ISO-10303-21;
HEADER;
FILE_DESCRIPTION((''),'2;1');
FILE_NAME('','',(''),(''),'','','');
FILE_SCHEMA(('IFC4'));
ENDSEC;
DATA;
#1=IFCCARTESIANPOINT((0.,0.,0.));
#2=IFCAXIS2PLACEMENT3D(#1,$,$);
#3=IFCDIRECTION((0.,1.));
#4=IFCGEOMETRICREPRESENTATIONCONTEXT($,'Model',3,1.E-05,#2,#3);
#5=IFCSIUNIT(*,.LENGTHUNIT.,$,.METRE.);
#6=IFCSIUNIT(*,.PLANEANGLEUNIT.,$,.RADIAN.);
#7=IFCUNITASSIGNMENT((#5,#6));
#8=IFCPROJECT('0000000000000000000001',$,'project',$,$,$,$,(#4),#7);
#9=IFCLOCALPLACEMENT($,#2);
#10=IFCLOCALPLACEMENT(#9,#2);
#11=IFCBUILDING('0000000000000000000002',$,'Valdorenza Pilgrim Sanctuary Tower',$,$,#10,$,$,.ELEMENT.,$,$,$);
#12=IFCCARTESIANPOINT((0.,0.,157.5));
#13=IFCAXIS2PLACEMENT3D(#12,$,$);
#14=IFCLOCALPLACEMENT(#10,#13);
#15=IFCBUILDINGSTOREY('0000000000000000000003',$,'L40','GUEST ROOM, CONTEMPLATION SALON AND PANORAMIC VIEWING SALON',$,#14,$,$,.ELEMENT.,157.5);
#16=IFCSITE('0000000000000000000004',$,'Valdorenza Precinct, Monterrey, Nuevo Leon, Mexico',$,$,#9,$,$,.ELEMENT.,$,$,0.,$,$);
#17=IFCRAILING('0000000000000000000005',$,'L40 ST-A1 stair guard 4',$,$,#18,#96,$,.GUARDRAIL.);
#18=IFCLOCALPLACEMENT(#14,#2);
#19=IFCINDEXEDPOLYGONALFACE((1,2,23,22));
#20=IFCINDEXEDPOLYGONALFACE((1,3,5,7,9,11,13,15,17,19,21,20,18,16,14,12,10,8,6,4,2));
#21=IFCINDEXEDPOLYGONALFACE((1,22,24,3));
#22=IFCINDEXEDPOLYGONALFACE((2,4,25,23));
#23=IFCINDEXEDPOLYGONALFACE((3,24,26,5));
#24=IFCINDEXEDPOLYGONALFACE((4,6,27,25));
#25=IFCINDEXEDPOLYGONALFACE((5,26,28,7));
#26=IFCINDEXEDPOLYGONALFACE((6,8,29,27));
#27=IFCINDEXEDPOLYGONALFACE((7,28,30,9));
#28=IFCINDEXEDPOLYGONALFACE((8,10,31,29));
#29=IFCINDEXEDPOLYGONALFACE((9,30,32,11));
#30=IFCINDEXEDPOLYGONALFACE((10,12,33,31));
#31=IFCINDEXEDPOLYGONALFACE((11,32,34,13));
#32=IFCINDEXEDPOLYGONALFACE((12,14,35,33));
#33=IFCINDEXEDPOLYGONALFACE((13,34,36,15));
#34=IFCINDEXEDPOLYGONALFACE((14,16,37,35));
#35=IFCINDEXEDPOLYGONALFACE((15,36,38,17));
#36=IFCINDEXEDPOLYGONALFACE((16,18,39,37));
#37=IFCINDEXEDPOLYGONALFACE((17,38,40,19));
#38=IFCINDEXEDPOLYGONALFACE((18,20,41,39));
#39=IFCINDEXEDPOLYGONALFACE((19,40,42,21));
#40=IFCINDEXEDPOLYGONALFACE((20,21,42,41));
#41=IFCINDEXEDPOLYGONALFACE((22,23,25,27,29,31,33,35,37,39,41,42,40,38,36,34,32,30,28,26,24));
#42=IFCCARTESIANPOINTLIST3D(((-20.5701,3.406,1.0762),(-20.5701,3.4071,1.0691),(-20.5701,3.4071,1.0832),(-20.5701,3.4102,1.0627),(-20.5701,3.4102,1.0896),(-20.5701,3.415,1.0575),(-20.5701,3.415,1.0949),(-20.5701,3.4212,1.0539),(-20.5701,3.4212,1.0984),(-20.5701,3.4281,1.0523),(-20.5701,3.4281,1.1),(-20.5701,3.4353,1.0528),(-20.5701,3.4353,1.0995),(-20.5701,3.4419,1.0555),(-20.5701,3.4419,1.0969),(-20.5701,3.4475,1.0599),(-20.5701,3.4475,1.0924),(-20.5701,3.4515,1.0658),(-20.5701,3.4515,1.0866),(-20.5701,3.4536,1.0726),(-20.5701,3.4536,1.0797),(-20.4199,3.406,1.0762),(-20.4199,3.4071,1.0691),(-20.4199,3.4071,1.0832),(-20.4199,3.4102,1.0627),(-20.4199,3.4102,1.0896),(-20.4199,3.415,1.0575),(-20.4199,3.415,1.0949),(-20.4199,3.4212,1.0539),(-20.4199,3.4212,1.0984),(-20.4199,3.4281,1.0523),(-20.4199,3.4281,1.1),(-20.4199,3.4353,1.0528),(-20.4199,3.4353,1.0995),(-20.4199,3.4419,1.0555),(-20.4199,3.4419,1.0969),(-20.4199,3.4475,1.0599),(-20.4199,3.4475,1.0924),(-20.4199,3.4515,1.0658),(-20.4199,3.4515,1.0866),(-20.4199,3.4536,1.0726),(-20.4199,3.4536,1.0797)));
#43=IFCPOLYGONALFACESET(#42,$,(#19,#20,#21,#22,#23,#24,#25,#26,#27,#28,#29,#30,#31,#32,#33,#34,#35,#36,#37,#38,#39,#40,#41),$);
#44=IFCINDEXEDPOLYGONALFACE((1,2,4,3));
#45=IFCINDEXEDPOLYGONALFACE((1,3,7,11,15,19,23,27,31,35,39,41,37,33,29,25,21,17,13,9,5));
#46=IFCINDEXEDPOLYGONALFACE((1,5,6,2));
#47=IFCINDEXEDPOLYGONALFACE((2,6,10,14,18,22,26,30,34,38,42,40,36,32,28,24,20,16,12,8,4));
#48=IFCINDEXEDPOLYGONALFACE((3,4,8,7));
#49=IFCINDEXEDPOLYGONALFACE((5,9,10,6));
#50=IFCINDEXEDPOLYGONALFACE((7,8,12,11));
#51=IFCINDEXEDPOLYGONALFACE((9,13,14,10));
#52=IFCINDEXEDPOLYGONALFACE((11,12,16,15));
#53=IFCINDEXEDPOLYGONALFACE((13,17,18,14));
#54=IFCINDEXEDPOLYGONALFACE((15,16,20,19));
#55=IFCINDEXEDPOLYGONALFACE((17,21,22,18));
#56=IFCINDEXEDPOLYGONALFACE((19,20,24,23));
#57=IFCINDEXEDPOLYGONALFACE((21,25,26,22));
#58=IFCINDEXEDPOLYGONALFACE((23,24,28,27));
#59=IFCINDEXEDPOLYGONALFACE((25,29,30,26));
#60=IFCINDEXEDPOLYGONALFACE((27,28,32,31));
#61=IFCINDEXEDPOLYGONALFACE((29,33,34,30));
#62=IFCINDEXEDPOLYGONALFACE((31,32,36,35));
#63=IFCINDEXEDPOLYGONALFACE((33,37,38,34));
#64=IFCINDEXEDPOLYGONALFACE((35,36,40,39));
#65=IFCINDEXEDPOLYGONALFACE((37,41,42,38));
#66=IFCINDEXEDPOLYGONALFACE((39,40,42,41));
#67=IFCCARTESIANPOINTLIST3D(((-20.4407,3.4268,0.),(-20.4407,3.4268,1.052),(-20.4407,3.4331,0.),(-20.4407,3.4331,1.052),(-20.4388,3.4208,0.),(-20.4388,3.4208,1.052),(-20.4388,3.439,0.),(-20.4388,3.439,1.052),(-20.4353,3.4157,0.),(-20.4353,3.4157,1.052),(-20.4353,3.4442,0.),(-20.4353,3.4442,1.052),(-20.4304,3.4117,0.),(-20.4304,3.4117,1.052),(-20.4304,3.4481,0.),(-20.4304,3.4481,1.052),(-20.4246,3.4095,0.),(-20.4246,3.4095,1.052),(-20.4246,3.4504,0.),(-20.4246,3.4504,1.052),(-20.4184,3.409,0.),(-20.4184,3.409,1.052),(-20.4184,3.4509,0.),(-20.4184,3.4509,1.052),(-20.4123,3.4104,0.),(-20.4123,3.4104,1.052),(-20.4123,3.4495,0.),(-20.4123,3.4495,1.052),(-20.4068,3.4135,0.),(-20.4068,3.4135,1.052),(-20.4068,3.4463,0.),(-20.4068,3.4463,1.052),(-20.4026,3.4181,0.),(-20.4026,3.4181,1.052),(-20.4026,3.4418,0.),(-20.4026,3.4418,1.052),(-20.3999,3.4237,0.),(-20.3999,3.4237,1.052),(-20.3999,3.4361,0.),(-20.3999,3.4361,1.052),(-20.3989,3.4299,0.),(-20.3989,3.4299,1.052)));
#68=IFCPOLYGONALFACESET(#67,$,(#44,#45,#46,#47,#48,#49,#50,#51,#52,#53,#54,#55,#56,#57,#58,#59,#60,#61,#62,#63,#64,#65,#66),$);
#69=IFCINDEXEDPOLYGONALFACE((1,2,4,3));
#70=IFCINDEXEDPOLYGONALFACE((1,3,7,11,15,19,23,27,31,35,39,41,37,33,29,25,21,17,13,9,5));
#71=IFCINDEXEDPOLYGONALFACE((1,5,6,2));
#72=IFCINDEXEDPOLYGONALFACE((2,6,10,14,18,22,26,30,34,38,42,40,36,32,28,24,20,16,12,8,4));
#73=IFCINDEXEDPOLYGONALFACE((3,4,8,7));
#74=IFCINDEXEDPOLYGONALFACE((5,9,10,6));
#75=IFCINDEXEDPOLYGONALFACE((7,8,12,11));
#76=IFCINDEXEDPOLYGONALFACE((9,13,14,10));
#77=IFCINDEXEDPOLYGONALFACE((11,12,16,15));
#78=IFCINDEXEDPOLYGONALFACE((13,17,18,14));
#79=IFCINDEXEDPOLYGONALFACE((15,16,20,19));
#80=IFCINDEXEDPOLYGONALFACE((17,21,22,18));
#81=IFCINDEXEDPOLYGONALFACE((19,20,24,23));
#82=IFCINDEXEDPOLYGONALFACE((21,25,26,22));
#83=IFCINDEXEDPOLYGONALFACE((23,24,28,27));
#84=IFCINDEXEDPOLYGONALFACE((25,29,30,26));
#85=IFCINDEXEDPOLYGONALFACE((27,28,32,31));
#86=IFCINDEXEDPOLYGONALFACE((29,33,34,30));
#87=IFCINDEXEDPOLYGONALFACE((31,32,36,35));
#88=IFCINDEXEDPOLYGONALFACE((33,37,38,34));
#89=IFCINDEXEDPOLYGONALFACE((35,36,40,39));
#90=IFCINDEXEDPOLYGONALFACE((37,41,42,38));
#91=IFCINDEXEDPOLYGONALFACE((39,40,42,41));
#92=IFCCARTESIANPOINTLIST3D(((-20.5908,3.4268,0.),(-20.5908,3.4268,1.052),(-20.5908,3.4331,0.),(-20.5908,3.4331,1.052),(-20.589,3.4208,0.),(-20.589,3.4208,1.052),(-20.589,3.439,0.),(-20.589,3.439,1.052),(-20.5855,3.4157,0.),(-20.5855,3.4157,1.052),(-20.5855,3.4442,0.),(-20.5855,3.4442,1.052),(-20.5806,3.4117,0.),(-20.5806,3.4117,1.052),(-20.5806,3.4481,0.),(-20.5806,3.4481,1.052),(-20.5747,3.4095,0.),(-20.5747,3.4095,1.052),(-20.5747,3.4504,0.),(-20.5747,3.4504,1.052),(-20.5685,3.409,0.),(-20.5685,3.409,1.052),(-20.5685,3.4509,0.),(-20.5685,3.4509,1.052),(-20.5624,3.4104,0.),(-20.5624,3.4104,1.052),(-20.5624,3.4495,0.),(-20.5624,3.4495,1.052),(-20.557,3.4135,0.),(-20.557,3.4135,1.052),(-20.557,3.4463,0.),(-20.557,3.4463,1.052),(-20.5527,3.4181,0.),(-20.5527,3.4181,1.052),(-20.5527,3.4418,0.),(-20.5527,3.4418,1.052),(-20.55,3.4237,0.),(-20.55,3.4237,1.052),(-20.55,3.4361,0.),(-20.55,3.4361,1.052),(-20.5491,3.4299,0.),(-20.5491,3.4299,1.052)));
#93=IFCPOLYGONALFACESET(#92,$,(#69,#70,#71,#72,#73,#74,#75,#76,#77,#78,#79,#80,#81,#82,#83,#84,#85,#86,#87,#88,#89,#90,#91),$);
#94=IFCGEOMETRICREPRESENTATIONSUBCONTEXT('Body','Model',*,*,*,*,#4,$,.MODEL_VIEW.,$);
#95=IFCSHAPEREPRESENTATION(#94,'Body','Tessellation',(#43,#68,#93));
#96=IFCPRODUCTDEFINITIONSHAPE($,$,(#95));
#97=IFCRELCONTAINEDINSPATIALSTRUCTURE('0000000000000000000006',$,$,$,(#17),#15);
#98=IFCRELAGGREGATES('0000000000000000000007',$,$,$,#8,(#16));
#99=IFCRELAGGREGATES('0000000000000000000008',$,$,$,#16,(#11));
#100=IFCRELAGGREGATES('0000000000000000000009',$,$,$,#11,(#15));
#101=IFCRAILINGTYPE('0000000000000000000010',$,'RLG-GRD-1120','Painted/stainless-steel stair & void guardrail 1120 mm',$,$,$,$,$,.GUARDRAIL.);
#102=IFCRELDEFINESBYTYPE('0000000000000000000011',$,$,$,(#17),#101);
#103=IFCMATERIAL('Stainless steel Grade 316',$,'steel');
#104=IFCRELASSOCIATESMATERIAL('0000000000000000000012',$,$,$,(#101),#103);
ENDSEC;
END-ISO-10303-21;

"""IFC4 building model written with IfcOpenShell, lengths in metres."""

from ifc_helpers import new_model, si_unit, direction, frame, origin, origin_2d, place, context, subcontext, project, spatial, circle, extrude, material, type_object, element, save


model = new_model("IFC4")

# Units and contexts
model_context = context("Model", 3, precision=1e-05, world=origin(), true_north=direction((0.0, 1.0)))
body_context = subcontext(model_context, "Body", "Model", "MODEL_VIEW")
ifc_project = project(units=[si_unit("LENGTHUNIT", "METRE"), si_unit("PLANEANGLEUNIT", "RADIAN")], contexts=[model_context])

# Site, building, storey
site_placement = place(None, origin())
site = spatial("IfcSite", under=ifc_project, at=site_placement, Name="Valdorenza Precinct, Monterrey, Nuevo Leon, Mexico", CompositionType="ELEMENT", RefElevation=0.0)
building_placement = place(site_placement, origin())
building = spatial("IfcBuilding", under=site, at=building_placement, Name="Valdorenza Pilgrim Sanctuary Tower", CompositionType="ELEMENT")
storey_placement = place(building_placement, frame((0.0, 0.0, 157.5)))
storey = spatial("IfcBuildingStorey", under=building, at=storey_placement, Name="L40", Description="GUEST ROOM, CONTEMPLATION SALON AND PANORAMIC VIEWING SALON", CompositionType="ELEMENT", Elevation=157.5)

# Railing
ifc_material_1 = material(Name="Stainless steel Grade 316", Category="steel")
railing_type_1 = type_object("IfcRailingType", Name="RLG-GRD-1120", Description="Painted/stainless-steel stair & void guardrail 1120 mm", PredefinedType="GUARDRAIL", material=ifc_material_1)
railing_1_placement = place(storey_placement, frame((-20.4199, 3.4299, 0.0)))
element("IfcRailing", 1, at=railing_1_placement, inside=storey, type_object=railing_type_1, Name="L40 ST-A1 stair guard 4", PredefinedType="GUARDRAIL", context=body_context, shape_type="SweptSolid", body=[
    extrude(circle(Radius=0.0239, at=origin_2d()), frame((0.0, 0.0, 1.0762), z_axis=(-1.0, 0.0, 0.0), x_axis=(0.0, -1.0, 0.0)), (0.0, 0.0, 1.0), 0.1501),
    extrude(circle(Radius=0.021, at=origin_2d()), origin(), (0.0, 0.0, 1.0), 1.052),
    extrude(circle(Radius=0.021, at=origin_2d()), frame((-0.1501, 0.0, 0.0)), (0.0, 0.0, 1.0), 1.052),
])

save(model, "model.ifc")
